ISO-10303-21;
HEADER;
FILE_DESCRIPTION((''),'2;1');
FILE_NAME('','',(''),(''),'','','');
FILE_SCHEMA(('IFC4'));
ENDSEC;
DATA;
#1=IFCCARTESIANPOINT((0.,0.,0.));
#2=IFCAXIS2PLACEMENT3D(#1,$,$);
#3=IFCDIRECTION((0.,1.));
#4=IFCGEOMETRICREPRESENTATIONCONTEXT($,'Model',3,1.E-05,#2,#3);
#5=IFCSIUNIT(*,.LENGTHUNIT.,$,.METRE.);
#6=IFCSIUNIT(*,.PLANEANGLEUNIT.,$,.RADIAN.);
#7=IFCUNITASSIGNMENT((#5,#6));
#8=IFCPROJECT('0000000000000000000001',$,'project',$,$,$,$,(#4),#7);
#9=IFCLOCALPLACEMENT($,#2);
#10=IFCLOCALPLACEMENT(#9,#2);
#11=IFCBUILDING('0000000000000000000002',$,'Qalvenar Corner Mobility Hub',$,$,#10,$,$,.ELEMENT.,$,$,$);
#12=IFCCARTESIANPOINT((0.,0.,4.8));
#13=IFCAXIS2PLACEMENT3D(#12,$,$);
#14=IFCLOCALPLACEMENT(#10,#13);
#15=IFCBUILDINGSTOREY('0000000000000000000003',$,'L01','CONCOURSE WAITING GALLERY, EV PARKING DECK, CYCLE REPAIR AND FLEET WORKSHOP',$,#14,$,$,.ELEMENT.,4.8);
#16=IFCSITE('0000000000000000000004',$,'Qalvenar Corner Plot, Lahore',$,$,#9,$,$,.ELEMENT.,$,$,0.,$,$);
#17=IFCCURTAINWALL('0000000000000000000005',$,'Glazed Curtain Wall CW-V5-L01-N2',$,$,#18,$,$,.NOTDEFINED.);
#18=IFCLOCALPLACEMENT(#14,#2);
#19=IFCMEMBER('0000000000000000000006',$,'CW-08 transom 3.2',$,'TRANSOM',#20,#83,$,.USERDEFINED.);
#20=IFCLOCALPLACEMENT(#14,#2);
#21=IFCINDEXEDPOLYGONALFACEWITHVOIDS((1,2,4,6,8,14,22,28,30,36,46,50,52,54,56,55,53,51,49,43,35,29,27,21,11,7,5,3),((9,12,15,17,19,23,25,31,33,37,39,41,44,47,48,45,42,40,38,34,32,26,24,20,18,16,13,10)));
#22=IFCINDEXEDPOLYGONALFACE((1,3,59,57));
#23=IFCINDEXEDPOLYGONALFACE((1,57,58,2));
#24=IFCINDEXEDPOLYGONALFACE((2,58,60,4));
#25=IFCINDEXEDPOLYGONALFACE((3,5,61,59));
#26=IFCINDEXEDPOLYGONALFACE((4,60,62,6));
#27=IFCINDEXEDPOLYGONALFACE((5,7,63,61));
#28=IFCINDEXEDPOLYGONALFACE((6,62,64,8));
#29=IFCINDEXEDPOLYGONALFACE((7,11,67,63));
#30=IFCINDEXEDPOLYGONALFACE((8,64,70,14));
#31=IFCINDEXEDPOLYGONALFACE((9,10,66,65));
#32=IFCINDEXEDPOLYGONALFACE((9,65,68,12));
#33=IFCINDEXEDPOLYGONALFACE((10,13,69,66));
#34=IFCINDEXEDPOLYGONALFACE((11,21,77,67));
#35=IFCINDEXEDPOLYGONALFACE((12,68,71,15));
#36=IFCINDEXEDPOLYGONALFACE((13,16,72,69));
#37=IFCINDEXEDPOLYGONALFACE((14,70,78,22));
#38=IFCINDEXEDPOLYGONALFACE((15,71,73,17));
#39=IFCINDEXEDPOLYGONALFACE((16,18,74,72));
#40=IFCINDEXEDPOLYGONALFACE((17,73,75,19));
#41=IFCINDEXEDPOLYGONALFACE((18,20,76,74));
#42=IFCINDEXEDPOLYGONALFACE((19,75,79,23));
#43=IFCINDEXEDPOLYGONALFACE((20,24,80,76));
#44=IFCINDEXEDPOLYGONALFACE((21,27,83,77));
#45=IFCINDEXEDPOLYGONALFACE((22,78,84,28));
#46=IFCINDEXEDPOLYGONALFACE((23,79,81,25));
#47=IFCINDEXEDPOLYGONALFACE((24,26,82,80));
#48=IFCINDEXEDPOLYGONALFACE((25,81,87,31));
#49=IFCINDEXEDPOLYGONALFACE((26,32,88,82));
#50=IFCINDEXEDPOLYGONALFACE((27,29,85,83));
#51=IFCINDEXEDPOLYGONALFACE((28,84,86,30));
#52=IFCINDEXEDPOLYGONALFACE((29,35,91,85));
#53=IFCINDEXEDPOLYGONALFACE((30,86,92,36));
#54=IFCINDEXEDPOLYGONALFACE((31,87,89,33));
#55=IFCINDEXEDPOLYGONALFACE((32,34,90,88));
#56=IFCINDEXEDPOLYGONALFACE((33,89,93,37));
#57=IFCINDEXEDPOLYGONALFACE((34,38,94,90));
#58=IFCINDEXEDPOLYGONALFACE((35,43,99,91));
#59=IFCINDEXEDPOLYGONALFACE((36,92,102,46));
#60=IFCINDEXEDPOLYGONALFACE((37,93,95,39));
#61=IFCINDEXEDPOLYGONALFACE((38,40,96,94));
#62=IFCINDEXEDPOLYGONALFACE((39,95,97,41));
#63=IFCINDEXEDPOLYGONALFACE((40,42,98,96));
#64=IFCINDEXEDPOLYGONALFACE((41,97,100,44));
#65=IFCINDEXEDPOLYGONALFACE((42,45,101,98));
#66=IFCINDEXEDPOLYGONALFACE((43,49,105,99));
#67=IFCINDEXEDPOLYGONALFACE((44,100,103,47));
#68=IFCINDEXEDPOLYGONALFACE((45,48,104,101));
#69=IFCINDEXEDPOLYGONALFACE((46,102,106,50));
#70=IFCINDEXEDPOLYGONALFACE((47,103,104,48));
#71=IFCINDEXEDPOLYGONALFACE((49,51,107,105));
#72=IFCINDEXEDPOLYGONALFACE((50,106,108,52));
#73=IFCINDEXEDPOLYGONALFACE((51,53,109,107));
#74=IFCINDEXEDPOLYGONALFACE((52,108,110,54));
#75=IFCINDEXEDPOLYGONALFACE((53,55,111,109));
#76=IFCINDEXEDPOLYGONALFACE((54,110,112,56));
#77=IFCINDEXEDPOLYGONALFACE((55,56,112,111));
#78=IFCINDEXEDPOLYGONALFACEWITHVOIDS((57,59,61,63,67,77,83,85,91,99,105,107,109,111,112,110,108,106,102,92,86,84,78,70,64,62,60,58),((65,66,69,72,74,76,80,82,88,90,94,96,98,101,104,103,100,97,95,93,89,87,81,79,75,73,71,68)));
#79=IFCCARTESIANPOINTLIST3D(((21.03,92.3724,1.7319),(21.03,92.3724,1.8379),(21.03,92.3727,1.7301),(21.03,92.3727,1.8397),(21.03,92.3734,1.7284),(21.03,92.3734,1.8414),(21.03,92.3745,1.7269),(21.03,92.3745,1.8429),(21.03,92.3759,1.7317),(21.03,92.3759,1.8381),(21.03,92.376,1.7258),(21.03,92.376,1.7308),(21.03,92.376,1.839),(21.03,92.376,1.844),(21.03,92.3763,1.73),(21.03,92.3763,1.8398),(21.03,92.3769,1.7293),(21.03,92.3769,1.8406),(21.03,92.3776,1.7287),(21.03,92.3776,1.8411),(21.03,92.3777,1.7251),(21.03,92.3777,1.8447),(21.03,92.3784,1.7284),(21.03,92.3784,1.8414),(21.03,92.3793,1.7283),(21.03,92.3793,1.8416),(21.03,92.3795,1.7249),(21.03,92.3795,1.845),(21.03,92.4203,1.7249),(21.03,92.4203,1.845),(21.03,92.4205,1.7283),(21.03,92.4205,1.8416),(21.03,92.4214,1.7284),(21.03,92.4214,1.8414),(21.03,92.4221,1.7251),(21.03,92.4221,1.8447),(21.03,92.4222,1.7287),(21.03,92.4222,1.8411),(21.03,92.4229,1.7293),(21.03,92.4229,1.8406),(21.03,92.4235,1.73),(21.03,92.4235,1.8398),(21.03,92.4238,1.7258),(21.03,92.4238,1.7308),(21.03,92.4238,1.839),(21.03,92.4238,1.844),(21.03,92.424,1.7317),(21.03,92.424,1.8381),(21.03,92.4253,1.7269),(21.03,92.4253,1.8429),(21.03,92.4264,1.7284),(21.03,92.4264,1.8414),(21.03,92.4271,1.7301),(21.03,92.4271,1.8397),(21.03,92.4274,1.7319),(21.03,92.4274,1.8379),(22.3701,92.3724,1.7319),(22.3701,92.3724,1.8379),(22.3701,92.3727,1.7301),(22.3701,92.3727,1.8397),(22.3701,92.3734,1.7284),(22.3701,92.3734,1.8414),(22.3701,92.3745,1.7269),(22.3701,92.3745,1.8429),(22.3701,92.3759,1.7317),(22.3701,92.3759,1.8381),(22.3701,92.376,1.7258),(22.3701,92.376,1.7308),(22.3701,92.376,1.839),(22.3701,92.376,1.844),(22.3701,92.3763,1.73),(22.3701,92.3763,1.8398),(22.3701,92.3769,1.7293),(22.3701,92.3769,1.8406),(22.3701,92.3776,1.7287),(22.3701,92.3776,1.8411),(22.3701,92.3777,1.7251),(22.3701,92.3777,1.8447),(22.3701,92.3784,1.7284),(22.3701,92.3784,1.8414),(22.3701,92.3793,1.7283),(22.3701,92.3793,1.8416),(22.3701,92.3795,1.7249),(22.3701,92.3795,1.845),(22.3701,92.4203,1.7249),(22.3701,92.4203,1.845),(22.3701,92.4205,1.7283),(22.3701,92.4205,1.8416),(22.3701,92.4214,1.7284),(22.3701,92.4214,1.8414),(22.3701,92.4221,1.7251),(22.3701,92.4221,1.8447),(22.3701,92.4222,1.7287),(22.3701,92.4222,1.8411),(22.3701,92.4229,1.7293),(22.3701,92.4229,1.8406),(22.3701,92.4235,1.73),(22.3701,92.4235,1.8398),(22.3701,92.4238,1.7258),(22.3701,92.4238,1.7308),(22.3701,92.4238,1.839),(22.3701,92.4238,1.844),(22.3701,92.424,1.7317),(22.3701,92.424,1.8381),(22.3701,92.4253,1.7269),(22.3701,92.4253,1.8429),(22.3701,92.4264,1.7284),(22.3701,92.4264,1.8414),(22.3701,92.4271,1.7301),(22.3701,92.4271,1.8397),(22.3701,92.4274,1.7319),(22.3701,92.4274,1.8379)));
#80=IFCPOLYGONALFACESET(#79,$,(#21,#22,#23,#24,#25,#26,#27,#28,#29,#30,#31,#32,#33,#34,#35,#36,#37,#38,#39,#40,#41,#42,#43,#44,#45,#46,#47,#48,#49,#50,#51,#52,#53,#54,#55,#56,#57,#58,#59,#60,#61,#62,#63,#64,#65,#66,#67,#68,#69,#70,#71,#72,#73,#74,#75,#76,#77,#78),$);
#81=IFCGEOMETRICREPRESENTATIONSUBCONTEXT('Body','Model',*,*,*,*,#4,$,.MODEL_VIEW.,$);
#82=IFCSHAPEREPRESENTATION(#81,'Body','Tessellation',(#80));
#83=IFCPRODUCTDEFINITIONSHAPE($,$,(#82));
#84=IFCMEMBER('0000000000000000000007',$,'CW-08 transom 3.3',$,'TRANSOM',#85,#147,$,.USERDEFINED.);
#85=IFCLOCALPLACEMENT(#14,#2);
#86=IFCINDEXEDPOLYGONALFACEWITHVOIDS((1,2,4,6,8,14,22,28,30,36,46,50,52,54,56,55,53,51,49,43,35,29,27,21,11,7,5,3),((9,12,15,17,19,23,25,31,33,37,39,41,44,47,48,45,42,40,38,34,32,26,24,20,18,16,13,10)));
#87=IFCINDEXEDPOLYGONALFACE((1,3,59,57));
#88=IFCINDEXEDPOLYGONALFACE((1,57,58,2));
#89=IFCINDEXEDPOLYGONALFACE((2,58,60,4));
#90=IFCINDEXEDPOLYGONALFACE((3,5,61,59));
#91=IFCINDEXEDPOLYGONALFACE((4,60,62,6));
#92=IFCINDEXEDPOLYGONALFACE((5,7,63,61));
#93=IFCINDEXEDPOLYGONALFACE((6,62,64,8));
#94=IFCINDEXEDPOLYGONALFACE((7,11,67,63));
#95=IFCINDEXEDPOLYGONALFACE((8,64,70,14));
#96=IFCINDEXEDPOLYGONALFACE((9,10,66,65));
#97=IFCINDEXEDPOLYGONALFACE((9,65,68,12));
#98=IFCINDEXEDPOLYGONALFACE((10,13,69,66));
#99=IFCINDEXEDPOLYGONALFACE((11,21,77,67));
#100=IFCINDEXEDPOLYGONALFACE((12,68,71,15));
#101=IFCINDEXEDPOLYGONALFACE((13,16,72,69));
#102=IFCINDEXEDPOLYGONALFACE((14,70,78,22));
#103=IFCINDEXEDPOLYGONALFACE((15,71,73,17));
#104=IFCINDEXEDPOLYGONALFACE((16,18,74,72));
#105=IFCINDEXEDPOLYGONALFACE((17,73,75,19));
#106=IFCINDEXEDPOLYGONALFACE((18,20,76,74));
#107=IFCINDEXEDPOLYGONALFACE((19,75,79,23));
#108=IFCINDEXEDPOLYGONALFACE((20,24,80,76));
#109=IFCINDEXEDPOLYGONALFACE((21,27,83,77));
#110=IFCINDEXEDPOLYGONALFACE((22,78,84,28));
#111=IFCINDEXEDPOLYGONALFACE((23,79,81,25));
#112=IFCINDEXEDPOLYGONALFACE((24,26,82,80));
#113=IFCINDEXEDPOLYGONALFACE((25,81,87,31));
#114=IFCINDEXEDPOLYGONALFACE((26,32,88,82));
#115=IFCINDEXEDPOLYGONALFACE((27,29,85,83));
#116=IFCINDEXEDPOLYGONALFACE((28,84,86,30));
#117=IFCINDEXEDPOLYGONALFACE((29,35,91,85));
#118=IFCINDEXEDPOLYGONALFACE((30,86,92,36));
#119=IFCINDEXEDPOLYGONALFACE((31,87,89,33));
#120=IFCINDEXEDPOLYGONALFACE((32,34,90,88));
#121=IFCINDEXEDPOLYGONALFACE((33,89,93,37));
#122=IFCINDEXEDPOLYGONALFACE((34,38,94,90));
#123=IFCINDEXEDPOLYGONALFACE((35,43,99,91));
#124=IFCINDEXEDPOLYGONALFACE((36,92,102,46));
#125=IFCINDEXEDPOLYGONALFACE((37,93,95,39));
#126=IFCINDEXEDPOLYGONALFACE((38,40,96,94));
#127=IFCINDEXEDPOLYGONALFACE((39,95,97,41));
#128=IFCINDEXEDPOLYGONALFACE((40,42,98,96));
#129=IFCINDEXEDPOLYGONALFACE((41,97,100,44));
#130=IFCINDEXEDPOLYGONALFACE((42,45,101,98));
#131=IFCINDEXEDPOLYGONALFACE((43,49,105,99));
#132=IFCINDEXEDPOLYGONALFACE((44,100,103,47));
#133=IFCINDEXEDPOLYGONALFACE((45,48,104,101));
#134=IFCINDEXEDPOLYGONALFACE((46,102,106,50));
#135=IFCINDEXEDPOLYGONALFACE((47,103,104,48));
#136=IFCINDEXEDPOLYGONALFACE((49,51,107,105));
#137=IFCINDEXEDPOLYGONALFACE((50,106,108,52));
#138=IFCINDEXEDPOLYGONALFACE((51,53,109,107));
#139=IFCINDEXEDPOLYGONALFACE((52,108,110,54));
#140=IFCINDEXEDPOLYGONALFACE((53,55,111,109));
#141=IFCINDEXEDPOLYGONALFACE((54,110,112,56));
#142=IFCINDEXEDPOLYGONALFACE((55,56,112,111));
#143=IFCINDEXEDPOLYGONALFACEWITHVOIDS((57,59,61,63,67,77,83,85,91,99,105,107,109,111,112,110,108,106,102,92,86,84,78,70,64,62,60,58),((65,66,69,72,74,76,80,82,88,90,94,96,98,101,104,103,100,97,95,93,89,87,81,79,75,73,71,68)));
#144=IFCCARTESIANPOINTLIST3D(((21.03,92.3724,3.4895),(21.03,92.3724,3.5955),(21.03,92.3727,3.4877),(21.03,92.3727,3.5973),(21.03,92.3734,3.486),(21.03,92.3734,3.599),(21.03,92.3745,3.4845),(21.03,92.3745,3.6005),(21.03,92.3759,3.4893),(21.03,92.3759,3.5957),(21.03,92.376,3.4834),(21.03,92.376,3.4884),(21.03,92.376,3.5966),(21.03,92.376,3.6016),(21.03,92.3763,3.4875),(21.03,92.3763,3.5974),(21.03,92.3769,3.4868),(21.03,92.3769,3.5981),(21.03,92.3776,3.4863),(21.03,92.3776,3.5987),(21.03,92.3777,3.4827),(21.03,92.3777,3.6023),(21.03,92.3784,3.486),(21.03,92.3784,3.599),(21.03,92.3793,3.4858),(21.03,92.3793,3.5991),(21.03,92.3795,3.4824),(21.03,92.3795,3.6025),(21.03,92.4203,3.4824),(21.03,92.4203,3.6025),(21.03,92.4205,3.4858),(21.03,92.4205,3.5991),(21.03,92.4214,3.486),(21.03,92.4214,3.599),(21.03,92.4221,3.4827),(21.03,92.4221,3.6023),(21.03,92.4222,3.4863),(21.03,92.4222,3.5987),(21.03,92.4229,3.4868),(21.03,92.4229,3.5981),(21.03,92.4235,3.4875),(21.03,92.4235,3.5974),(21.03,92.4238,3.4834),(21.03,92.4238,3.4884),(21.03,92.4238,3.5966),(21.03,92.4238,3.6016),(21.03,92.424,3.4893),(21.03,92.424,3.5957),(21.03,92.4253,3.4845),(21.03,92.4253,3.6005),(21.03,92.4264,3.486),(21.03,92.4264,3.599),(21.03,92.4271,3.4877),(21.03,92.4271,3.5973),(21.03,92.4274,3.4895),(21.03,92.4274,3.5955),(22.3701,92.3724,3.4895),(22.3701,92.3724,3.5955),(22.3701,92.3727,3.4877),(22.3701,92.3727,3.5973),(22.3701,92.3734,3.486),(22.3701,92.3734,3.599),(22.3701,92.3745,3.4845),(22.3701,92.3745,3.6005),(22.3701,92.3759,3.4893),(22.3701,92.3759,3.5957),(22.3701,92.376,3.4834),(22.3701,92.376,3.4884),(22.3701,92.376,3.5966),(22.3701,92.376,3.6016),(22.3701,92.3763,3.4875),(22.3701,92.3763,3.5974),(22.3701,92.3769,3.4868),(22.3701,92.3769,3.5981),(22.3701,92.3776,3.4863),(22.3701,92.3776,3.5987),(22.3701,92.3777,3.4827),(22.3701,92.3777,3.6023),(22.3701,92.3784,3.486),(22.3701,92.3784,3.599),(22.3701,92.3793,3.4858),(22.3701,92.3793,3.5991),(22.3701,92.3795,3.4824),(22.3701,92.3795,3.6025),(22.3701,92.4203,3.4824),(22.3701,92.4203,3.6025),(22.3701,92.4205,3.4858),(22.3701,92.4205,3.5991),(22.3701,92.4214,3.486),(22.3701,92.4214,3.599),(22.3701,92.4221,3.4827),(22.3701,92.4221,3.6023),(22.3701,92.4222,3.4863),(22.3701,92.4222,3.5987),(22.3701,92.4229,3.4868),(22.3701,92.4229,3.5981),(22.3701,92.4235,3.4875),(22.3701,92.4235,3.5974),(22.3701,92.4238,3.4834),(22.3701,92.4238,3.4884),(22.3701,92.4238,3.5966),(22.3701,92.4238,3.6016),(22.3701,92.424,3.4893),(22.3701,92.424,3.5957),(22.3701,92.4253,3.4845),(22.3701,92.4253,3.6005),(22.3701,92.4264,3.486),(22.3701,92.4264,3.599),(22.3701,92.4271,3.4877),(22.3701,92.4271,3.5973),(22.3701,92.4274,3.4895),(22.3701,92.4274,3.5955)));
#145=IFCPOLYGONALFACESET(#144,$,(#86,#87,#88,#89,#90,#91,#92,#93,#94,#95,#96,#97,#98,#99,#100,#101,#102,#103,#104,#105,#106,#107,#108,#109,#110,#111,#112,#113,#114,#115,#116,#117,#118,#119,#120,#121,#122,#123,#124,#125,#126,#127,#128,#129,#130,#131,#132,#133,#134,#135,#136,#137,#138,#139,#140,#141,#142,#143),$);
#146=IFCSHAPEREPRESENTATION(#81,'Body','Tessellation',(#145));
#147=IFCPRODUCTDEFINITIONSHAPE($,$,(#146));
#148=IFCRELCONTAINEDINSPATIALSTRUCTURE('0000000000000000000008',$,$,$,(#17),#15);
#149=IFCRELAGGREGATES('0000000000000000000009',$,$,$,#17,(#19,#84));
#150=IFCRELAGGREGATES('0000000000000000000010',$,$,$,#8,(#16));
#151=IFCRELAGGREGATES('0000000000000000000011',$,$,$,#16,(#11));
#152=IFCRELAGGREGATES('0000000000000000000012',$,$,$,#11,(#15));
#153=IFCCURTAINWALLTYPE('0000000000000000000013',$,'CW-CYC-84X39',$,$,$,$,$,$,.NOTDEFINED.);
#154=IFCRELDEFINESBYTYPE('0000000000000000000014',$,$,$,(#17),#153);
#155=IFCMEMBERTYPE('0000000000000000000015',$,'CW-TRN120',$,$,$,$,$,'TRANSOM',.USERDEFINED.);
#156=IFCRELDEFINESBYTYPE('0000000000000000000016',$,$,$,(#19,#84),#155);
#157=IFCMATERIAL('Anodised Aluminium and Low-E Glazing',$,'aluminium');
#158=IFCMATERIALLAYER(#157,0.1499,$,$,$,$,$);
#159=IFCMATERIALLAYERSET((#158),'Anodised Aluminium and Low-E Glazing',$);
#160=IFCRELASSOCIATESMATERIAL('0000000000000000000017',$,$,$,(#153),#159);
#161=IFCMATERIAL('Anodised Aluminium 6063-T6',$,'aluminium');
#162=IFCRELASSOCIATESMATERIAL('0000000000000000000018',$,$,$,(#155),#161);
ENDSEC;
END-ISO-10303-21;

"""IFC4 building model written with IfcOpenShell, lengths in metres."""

from ifc_helpers import new_model, si_unit, direction, frame, origin, origin_2d, place, context, subcontext, project, spatial, hollow_rectangle, extrude, material, layer, layer_set, material_profile, profile_set, type_object, element, aggregate, save


model = new_model("IFC4")

# Units and contexts
model_context = context("Model", 3, precision=1e-05, world=origin(), true_north=direction((0.0, 1.0)))
body_context = subcontext(model_context, "Body", "Model", "MODEL_VIEW")
ifc_project = project(units=[si_unit("LENGTHUNIT", "METRE"), si_unit("PLANEANGLEUNIT", "RADIAN")], contexts=[model_context])

# Site, building, storey
site_placement = place(None, origin())
site = spatial("IfcSite", under=ifc_project, at=site_placement, Name="Qalvenar Corner Plot, Lahore", CompositionType="ELEMENT", RefElevation=0.0)
building_placement = place(site_placement, origin())
building = spatial("IfcBuilding", under=site, at=building_placement, Name="Qalvenar Corner Mobility Hub", CompositionType="ELEMENT")
storey_placement = place(building_placement, frame((0.0, 0.0, 4.8)))
storey = spatial("IfcBuildingStorey", under=building, at=storey_placement, Name="L01", Description="CONCOURSE WAITING GALLERY, EV PARKING DECK, CYCLE REPAIR AND FLEET WORKSHOP", CompositionType="ELEMENT", Elevation=4.8)

# Curtain wall, members
ifc_material_1 = material(Name="Anodised Aluminium and Low-E Glazing", Category="aluminium")
ifc_layer_1 = layer(ifc_material_1, 0.1499)
ifc_layer_set_1 = layer_set([ifc_layer_1], Name="Anodised Aluminium and Low-E Glazing")
curtain_wall_type = type_object("IfcCurtainWallType", Name="CW-CYC-84X39", PredefinedType="NOTDEFINED", material=ifc_layer_set_1)
curtain_wall_placement = place(storey_placement, origin())
curtain_wall = element("IfcCurtainWall", 1, at=curtain_wall_placement, inside=storey, type_object=curtain_wall_type, Name="Glazed Curtain Wall CW-V5-L01-N2", PredefinedType="NOTDEFINED")
ifc_material_2 = material(Name="Anodised Aluminium 6063-T6", Category="aluminium")
ifc_material_profile_1 = material_profile(ifc_material_2, hollow_rectangle(XDim=0.0549, YDim=0.1201, WallThickness=0.0034, InnerFilletRadius=0.0034, OuterFilletRadius=0.0071, at=origin_2d()), Name="RHS120x55x3.5")
ifc_profile_set_1 = profile_set([ifc_material_profile_1], Name="Anodised Aluminium 6063-T6")
member_type_1 = type_object("IfcMemberType", Name="CW-TRN120", ElementType="TRANSOM", PredefinedType="USERDEFINED", material=ifc_profile_set_1)
member_1_placement = place(storey_placement, frame((22.3701, 92.3999, 1.7849), z_axis=(-1.0, 0.0, 0.0), x_axis=(0.0, -1.0, 0.0)))
member_1 = element("IfcMember", 2, at=member_1_placement, type_object=member_type_1, Name="CW-08 transom 3.2", ObjectType="TRANSOM", PredefinedType="USERDEFINED", context=body_context, shape_type="SweptSolid", body=[
    extrude(hollow_rectangle(XDim=0.0549, YDim=0.1201, WallThickness=0.0034, InnerFilletRadius=0.0034, OuterFilletRadius=0.0071, at=origin_2d()), origin(), (0.0, 0.0, 1.0), 1.3401),
])
member_2_placement = place(storey_placement, frame((22.3701, 92.3999, 3.5425), z_axis=(-1.0, 0.0, 0.0), x_axis=(0.0, -1.0, 0.0)))
member_2 = element("IfcMember", 3, at=member_2_placement, type_object=member_type_1, Name="CW-08 transom 3.3", ObjectType="TRANSOM", PredefinedType="USERDEFINED", context=body_context, shape_type="SweptSolid", body=[
    extrude(hollow_rectangle(XDim=0.0549, YDim=0.1201, WallThickness=0.0034, InnerFilletRadius=0.0034, OuterFilletRadius=0.0071, at=origin_2d()), origin(), (0.0, 0.0, 1.0), 1.3401),
])
aggregate(curtain_wall, [member_1, member_2])

save(model, "model.ifc")
